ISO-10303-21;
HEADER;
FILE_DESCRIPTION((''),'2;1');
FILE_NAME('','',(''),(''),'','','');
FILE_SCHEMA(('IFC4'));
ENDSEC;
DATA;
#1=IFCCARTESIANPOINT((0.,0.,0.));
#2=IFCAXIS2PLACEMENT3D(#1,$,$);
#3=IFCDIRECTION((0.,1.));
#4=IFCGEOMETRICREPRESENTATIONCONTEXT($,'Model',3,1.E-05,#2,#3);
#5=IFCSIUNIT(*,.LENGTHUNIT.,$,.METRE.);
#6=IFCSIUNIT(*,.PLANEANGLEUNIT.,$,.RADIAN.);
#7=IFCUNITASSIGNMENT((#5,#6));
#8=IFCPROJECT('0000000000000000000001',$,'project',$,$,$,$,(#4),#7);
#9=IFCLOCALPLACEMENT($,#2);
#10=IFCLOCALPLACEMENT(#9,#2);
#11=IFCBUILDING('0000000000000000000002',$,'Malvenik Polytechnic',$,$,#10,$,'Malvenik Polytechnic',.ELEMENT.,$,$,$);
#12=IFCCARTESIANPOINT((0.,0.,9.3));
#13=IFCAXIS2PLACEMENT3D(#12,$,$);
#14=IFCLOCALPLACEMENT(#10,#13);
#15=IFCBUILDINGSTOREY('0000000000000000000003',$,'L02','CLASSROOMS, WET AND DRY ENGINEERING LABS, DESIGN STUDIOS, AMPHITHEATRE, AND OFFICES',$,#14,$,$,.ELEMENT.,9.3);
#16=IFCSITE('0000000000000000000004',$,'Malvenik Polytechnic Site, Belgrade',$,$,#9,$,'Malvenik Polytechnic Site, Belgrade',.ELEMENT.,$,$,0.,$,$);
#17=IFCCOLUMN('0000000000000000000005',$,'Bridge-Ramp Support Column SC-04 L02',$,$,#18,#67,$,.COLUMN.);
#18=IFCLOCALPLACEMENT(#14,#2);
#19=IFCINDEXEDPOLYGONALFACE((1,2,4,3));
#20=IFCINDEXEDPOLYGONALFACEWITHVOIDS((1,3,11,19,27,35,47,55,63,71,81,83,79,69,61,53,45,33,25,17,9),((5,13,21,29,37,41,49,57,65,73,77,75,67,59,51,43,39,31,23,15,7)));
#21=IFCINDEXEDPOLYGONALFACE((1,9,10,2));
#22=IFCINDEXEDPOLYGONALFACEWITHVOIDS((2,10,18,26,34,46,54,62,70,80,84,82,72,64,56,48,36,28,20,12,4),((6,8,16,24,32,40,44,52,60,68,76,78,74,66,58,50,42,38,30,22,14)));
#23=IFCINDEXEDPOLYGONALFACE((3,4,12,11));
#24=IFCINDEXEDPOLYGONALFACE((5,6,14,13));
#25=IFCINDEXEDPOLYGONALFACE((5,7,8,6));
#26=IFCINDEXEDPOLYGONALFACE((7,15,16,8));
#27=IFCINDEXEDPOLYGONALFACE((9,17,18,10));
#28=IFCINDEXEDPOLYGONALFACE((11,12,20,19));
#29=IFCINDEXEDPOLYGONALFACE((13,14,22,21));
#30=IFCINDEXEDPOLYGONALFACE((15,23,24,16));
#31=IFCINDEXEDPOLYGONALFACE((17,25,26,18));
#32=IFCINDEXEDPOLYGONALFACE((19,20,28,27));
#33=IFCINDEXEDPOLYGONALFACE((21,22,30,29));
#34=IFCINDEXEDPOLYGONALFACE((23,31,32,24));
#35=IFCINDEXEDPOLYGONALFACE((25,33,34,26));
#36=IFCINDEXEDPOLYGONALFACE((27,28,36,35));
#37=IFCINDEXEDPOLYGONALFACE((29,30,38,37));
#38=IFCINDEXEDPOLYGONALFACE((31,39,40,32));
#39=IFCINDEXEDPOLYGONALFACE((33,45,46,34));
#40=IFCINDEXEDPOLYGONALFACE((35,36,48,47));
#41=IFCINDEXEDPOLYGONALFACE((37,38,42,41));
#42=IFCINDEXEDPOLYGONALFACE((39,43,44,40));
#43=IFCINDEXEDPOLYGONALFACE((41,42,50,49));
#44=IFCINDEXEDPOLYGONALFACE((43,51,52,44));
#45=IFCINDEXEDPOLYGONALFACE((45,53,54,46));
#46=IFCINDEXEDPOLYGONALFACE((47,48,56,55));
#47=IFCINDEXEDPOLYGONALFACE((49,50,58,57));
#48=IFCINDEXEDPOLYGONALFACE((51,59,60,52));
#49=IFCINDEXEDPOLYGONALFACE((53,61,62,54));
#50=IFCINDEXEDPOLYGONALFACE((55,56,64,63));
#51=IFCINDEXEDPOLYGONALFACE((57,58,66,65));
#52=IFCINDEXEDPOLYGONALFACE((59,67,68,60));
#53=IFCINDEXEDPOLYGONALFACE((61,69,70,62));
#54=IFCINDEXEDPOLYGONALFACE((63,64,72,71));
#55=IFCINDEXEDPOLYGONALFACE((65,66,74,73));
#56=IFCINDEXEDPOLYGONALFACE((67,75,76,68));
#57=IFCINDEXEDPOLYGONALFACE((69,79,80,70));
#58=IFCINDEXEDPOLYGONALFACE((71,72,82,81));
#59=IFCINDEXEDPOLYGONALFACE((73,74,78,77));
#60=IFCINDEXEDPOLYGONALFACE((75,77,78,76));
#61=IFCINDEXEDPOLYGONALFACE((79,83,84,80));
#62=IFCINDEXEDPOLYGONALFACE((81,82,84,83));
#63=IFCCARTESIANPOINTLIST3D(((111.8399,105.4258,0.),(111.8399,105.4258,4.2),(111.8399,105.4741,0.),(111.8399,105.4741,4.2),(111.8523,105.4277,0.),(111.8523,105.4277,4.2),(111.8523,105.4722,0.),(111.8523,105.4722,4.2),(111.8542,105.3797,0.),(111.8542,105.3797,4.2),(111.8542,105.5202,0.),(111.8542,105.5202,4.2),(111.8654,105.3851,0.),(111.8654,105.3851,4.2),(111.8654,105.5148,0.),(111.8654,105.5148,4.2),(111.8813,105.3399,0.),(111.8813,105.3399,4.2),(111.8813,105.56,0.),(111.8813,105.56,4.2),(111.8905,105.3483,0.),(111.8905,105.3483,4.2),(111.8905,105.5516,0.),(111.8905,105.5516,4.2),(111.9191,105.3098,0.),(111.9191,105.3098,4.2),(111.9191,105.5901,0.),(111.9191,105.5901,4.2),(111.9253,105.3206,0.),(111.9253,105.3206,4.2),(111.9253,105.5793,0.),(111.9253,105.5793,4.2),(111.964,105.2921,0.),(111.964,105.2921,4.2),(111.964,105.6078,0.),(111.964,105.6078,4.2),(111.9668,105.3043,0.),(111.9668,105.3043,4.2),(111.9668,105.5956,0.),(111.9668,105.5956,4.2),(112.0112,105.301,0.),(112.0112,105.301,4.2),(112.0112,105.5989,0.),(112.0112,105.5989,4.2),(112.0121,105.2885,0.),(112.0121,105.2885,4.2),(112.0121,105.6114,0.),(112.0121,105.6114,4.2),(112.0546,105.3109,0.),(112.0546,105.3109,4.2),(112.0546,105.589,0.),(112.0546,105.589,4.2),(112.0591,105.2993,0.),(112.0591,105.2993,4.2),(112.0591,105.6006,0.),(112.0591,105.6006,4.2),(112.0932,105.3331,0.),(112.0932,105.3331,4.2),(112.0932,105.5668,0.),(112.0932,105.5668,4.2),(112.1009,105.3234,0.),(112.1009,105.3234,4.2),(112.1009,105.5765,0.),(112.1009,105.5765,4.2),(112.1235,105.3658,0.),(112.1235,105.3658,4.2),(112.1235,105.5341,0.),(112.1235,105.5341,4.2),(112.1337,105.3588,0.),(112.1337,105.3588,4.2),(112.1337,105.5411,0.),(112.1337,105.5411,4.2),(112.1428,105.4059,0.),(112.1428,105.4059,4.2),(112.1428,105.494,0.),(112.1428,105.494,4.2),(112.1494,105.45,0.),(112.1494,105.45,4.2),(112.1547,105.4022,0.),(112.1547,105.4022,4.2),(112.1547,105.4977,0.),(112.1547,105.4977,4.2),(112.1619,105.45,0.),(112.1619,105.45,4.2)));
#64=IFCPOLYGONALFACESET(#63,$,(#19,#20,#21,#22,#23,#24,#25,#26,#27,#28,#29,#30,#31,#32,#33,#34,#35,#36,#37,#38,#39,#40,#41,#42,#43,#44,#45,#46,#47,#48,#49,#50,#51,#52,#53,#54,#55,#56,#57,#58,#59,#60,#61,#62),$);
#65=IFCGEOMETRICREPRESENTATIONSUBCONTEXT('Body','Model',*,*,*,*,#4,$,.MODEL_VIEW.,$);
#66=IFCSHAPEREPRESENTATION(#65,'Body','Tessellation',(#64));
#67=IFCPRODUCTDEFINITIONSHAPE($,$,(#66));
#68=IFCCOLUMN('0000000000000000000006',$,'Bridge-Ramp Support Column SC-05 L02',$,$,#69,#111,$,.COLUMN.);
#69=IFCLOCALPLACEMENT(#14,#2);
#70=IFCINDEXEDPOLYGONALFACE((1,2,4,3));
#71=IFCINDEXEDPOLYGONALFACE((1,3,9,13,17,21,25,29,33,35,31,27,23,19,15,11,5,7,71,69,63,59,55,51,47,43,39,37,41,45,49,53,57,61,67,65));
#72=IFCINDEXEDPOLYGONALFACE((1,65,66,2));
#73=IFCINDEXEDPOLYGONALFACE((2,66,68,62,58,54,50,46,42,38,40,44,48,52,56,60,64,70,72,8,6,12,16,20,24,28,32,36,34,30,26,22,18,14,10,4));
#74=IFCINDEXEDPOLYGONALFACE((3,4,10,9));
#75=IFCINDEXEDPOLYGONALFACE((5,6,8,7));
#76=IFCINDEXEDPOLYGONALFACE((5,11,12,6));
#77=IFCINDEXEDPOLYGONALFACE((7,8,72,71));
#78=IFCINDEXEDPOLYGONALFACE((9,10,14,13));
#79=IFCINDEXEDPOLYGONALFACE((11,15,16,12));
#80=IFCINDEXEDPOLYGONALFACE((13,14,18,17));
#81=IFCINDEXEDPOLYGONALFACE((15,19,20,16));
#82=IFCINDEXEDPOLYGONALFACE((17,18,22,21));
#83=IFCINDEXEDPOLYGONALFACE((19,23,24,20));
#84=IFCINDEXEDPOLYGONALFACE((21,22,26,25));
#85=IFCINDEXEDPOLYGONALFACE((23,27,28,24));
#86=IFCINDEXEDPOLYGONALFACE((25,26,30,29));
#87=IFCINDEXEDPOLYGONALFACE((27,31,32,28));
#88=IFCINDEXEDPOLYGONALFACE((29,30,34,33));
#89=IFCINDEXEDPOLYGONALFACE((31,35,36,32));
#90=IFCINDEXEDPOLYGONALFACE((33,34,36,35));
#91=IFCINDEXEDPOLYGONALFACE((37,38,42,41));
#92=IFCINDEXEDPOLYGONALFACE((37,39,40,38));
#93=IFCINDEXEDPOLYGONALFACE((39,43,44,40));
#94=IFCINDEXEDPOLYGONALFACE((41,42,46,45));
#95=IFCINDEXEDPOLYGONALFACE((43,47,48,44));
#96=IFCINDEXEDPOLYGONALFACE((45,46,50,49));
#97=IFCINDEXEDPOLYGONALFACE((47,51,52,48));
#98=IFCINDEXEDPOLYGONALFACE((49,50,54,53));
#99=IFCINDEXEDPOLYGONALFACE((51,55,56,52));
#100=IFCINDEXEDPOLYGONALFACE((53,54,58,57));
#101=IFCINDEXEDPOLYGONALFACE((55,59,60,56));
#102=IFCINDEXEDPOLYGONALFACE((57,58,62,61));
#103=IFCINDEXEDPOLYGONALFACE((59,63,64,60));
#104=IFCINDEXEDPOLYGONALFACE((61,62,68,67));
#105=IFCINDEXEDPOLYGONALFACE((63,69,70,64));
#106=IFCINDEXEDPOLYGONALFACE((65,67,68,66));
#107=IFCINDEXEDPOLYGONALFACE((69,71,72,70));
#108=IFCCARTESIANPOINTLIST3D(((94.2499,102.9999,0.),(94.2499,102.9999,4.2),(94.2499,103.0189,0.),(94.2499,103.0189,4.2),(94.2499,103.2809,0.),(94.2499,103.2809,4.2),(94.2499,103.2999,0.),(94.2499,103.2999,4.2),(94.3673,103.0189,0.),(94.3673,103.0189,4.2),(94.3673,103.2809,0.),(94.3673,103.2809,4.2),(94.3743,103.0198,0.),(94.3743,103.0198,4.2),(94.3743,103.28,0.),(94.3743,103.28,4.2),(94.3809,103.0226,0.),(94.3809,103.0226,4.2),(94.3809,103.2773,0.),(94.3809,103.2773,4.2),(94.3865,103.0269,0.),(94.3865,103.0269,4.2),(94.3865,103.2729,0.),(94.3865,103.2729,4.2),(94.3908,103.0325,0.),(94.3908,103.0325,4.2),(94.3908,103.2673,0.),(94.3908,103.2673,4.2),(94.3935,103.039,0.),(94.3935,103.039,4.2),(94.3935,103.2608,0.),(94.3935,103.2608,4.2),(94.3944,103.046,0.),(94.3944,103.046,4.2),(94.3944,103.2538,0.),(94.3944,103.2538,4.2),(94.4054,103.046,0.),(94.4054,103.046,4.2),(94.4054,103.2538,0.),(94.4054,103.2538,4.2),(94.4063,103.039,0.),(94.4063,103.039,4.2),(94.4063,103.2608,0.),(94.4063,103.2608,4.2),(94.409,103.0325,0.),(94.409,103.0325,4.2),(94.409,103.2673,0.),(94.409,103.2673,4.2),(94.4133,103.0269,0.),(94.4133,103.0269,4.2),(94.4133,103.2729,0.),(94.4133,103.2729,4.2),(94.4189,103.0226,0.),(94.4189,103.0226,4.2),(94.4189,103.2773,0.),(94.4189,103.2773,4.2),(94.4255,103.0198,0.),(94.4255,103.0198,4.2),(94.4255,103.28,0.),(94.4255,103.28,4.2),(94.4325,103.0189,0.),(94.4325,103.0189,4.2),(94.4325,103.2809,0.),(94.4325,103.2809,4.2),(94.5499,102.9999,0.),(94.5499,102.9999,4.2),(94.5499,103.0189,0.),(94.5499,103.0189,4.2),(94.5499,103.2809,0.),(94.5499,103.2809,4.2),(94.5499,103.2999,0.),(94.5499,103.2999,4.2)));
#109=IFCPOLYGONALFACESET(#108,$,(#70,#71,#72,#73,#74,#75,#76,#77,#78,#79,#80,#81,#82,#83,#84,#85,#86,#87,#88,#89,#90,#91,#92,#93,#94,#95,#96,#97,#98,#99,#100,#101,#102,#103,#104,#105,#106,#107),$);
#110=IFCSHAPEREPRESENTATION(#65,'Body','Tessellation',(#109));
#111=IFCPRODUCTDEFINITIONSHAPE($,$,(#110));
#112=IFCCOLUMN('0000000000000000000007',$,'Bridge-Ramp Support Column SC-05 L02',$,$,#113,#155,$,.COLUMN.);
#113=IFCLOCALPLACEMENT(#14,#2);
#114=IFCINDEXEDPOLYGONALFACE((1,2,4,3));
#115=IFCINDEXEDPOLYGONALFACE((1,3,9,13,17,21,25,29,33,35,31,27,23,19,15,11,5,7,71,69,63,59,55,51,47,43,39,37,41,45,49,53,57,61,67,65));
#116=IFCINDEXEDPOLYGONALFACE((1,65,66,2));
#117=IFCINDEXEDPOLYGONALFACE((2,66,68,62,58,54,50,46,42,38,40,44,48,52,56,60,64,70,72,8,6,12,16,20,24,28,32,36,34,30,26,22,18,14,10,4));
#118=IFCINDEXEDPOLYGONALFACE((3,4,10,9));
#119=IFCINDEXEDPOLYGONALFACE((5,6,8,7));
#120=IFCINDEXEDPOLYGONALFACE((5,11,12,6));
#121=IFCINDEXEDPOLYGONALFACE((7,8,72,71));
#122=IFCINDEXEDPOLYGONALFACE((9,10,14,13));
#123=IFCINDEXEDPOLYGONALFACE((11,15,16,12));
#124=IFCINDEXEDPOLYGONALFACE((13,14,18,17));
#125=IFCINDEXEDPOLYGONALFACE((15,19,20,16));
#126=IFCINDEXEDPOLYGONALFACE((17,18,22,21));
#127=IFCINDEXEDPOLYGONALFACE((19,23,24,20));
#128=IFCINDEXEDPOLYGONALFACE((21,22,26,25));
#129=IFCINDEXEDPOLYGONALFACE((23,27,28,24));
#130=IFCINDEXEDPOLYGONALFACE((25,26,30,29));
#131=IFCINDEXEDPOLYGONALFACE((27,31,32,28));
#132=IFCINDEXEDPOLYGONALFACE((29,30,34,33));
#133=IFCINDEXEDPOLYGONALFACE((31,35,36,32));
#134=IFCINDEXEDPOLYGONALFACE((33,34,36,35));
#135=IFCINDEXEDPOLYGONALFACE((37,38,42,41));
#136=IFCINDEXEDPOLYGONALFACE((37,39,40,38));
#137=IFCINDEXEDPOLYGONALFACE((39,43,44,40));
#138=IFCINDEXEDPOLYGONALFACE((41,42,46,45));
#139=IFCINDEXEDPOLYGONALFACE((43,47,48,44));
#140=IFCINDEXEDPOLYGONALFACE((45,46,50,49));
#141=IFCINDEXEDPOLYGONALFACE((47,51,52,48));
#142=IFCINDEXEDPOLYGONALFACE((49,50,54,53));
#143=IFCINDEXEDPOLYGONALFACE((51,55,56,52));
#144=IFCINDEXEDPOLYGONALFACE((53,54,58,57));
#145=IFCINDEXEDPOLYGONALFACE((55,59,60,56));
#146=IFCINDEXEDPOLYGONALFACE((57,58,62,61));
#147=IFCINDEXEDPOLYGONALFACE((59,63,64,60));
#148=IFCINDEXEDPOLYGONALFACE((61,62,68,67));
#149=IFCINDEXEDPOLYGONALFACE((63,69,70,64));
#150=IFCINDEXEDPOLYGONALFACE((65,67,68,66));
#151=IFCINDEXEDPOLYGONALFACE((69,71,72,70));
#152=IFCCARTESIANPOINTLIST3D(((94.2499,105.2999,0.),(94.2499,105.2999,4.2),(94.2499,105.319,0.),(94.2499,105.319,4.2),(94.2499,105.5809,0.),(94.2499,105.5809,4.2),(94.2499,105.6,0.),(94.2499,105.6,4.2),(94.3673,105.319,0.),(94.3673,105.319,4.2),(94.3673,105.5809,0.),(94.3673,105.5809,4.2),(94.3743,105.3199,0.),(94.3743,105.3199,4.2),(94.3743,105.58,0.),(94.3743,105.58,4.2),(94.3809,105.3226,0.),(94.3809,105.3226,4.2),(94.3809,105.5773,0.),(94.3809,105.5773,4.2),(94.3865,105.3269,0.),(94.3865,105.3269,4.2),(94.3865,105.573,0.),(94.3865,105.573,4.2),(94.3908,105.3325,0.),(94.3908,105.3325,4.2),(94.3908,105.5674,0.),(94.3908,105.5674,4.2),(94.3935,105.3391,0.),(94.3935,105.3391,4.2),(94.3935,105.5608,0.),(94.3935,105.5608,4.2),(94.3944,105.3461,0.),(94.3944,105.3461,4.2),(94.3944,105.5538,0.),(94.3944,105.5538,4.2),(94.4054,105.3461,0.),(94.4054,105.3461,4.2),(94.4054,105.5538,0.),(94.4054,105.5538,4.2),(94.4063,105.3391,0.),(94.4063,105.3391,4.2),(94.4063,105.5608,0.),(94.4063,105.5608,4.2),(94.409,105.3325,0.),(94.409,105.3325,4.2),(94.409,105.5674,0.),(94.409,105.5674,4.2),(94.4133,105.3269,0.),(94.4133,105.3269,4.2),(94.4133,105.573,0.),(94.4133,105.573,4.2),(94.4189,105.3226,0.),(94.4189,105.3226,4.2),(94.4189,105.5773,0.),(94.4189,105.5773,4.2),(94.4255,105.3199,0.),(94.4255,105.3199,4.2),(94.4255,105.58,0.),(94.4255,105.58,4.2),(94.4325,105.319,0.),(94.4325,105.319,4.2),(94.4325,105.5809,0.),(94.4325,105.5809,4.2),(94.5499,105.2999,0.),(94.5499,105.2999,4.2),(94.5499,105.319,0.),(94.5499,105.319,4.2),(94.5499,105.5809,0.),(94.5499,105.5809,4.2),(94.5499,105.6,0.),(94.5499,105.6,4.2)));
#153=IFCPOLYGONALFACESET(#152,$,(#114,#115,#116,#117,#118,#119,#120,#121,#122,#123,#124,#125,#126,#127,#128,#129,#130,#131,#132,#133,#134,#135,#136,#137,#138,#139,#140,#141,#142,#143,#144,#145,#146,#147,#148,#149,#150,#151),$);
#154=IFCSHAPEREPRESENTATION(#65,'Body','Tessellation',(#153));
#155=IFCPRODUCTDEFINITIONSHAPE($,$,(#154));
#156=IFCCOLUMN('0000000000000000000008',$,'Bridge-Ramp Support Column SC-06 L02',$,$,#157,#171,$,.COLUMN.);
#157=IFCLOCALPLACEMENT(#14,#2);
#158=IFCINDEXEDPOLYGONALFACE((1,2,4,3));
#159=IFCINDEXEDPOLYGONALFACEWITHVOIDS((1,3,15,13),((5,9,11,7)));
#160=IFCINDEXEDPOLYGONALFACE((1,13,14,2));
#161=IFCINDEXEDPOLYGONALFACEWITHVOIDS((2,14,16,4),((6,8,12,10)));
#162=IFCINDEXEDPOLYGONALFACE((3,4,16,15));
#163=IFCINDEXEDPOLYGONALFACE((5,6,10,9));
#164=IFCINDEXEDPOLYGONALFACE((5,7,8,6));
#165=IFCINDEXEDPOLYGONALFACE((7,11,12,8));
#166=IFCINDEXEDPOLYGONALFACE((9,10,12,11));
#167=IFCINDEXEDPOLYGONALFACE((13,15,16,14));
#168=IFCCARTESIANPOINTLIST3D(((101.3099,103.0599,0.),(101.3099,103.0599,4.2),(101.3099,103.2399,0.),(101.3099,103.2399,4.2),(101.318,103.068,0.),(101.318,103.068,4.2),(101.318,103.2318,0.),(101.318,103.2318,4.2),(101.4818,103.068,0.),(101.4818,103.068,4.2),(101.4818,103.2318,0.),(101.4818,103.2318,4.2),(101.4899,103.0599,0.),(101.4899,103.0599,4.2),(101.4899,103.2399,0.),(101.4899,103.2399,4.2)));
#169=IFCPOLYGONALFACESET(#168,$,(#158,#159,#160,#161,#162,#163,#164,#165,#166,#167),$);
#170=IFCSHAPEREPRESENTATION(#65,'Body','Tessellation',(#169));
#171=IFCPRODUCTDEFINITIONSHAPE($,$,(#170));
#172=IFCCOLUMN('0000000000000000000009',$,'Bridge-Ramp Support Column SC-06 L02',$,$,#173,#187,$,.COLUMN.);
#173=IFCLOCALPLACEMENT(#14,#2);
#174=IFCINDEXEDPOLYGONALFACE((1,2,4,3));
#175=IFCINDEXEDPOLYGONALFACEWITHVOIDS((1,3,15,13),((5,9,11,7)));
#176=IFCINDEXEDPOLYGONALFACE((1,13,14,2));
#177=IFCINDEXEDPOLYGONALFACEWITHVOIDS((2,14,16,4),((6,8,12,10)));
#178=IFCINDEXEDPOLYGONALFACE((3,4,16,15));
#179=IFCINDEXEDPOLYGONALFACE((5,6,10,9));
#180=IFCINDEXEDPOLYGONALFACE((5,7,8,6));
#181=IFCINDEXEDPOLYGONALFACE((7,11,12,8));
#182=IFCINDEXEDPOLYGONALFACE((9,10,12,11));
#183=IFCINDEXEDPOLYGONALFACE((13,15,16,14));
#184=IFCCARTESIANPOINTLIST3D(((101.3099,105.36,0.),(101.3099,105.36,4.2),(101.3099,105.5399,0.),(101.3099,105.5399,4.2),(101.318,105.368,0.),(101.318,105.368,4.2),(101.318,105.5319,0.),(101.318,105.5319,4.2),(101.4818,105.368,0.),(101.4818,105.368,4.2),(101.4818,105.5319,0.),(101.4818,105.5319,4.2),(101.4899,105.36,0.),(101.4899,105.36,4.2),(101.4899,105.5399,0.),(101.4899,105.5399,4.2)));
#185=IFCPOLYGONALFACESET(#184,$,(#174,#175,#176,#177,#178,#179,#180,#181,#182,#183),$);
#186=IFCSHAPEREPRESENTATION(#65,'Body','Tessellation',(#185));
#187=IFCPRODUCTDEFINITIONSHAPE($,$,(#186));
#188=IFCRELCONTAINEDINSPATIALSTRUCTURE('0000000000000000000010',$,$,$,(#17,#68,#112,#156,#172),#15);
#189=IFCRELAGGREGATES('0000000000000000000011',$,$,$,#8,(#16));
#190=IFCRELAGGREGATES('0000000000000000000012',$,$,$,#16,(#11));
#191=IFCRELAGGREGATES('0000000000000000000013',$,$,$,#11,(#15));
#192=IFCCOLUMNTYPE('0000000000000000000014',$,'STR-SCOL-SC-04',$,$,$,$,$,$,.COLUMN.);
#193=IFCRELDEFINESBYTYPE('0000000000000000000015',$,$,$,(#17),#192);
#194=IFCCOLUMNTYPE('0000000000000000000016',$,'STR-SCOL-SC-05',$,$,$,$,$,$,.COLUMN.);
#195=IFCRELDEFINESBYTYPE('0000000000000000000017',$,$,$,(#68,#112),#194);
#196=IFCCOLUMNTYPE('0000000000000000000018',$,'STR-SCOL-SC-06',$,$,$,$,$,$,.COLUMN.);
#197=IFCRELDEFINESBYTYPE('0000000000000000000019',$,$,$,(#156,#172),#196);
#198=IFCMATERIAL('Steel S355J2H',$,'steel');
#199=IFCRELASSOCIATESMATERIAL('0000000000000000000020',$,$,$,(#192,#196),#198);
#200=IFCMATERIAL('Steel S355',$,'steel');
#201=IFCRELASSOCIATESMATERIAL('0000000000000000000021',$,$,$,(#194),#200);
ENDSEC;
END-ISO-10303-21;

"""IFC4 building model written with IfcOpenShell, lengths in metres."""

from ifc_helpers import new_model, si_unit, direction, frame, origin, origin_2d, place, context, subcontext, project, spatial, hollow_rectangle, hollow_circle, i_section, extrude, material, material_profile, profile_set, type_object, element, save


model = new_model("IFC4")

# Units and contexts
model_context = context("Model", 3, precision=1e-05, world=origin(), true_north=direction((0.0, 1.0)))
body_context = subcontext(model_context, "Body", "Model", "MODEL_VIEW")
ifc_project = project(units=[si_unit("LENGTHUNIT", "METRE"), si_unit("PLANEANGLEUNIT", "RADIAN")], contexts=[model_context])

# Site, building, storey
site_placement = place(None, origin())
site = spatial("IfcSite", under=ifc_project, at=site_placement, Name="Malvenik Polytechnic Site, Belgrade", LongName="Malvenik Polytechnic Site, Belgrade", CompositionType="ELEMENT", RefElevation=0.0)
building_placement = place(site_placement, origin())
building = spatial("IfcBuilding", under=site, at=building_placement, Name="Malvenik Polytechnic", LongName="Malvenik Polytechnic", CompositionType="ELEMENT")
storey_placement = place(building_placement, frame((0.0, 0.0, 9.3)))
storey = spatial("IfcBuildingStorey", under=building, at=storey_placement, Name="L02", Description="CLASSROOMS, WET AND DRY ENGINEERING LABS, DESIGN STUDIOS, AMPHITHEATRE, AND OFFICES", CompositionType="ELEMENT", Elevation=9.3)

# Columns
ifc_material_1 = material(Name="Steel S355J2H", Category="steel")
ifc_material_profile_1 = material_profile(ifc_material_1, hollow_circle(Radius=0.1619, WallThickness=0.0125, at=origin_2d()), Name="CHS 323.9x12.5")
ifc_profile_set_1 = profile_set([ifc_material_profile_1], Name="Steel S355J2H")
column_type_1 = type_object("IfcColumnType", Name="STR-SCOL-SC-04", PredefinedType="COLUMN", material=ifc_profile_set_1)
for number, where, z_axis, x_axis, name in (
    (1, (112.0, 105.45, 0.0), (0.0, 0.0, 1.0), (1.0, 0.0, 0.0), "Bridge-Ramp Support Column SC-04 L02"),
):
    element("IfcColumn", number, at=place(storey_placement, frame(where, z_axis=z_axis, x_axis=x_axis)), inside=storey, type_object=column_type_1, Name=name, PredefinedType="COLUMN", context=body_context, shape_type="SweptSolid", body=[
        extrude(hollow_circle(Radius=0.1619, WallThickness=0.0125, at=origin_2d()), origin(), (0.0, 0.0, 1.0), 4.2),
    ])
ifc_material_2 = material(Name="Steel S355", Category="steel")
ifc_material_profile_2 = material_profile(ifc_material_2, i_section(OverallWidth=0.3, OverallDepth=0.3, WebThickness=0.011, FlangeThickness=0.019, FilletRadius=0.0271, at=origin_2d()), Name="HEB 300")
ifc_profile_set_2 = profile_set([ifc_material_profile_2], Name="Steel S355")
column_type_2 = type_object("IfcColumnType", Name="STR-SCOL-SC-05", PredefinedType="COLUMN", material=ifc_profile_set_2)
for number, where, z_axis, x_axis, name in (
    (2, (94.3999, 103.1499, 0.0), (0.0, 0.0, 1.0), (1.0, 0.0, 0.0), "Bridge-Ramp Support Column SC-05 L02"),
    (3, (94.3999, 105.45, 0.0), (0.0, 0.0, 1.0), (1.0, 0.0, 0.0), "Bridge-Ramp Support Column SC-05 L02"),
):
    element("IfcColumn", number, at=place(storey_placement, frame(where, z_axis=z_axis, x_axis=x_axis)), inside=storey, type_object=column_type_2, Name=name, PredefinedType="COLUMN", context=body_context, shape_type="SweptSolid", body=[
        extrude(i_section(OverallWidth=0.3, OverallDepth=0.3, WebThickness=0.011, FlangeThickness=0.019, FilletRadius=0.0271, at=origin_2d()), origin(), (0.0, 0.0, 1.0), 4.2),
    ])
ifc_material_profile_3 = material_profile(ifc_material_1, hollow_rectangle(XDim=0.1799, YDim=0.1799, WallThickness=0.0081, at=origin_2d()), Name="SHS 180x180x8.0")
ifc_profile_set_3 = profile_set([ifc_material_profile_3], Name="Steel S355J2H")
column_type_3 = type_object("IfcColumnType", Name="STR-SCOL-SC-06", PredefinedType="COLUMN", material=ifc_profile_set_3)
for number, where, z_axis, x_axis, name in (
    (4, (101.3999, 103.1499, 0.0), (0.0, 0.0, 1.0), (1.0, 0.0, 0.0), "Bridge-Ramp Support Column SC-06 L02"),
    (5, (101.3999, 105.45, 0.0), (0.0, 0.0, 1.0), (1.0, 0.0, 0.0), "Bridge-Ramp Support Column SC-06 L02"),
):
    element("IfcColumn", number, at=place(storey_placement, frame(where, z_axis=z_axis, x_axis=x_axis)), inside=storey, type_object=column_type_3, Name=name, PredefinedType="COLUMN", context=body_context, shape_type="SweptSolid", body=[
        extrude(hollow_rectangle(XDim=0.1799, YDim=0.1799, WallThickness=0.0081, at=origin_2d()), origin(), (0.0, 0.0, 1.0), 4.2),
    ])

save(model, "model.ifc")
